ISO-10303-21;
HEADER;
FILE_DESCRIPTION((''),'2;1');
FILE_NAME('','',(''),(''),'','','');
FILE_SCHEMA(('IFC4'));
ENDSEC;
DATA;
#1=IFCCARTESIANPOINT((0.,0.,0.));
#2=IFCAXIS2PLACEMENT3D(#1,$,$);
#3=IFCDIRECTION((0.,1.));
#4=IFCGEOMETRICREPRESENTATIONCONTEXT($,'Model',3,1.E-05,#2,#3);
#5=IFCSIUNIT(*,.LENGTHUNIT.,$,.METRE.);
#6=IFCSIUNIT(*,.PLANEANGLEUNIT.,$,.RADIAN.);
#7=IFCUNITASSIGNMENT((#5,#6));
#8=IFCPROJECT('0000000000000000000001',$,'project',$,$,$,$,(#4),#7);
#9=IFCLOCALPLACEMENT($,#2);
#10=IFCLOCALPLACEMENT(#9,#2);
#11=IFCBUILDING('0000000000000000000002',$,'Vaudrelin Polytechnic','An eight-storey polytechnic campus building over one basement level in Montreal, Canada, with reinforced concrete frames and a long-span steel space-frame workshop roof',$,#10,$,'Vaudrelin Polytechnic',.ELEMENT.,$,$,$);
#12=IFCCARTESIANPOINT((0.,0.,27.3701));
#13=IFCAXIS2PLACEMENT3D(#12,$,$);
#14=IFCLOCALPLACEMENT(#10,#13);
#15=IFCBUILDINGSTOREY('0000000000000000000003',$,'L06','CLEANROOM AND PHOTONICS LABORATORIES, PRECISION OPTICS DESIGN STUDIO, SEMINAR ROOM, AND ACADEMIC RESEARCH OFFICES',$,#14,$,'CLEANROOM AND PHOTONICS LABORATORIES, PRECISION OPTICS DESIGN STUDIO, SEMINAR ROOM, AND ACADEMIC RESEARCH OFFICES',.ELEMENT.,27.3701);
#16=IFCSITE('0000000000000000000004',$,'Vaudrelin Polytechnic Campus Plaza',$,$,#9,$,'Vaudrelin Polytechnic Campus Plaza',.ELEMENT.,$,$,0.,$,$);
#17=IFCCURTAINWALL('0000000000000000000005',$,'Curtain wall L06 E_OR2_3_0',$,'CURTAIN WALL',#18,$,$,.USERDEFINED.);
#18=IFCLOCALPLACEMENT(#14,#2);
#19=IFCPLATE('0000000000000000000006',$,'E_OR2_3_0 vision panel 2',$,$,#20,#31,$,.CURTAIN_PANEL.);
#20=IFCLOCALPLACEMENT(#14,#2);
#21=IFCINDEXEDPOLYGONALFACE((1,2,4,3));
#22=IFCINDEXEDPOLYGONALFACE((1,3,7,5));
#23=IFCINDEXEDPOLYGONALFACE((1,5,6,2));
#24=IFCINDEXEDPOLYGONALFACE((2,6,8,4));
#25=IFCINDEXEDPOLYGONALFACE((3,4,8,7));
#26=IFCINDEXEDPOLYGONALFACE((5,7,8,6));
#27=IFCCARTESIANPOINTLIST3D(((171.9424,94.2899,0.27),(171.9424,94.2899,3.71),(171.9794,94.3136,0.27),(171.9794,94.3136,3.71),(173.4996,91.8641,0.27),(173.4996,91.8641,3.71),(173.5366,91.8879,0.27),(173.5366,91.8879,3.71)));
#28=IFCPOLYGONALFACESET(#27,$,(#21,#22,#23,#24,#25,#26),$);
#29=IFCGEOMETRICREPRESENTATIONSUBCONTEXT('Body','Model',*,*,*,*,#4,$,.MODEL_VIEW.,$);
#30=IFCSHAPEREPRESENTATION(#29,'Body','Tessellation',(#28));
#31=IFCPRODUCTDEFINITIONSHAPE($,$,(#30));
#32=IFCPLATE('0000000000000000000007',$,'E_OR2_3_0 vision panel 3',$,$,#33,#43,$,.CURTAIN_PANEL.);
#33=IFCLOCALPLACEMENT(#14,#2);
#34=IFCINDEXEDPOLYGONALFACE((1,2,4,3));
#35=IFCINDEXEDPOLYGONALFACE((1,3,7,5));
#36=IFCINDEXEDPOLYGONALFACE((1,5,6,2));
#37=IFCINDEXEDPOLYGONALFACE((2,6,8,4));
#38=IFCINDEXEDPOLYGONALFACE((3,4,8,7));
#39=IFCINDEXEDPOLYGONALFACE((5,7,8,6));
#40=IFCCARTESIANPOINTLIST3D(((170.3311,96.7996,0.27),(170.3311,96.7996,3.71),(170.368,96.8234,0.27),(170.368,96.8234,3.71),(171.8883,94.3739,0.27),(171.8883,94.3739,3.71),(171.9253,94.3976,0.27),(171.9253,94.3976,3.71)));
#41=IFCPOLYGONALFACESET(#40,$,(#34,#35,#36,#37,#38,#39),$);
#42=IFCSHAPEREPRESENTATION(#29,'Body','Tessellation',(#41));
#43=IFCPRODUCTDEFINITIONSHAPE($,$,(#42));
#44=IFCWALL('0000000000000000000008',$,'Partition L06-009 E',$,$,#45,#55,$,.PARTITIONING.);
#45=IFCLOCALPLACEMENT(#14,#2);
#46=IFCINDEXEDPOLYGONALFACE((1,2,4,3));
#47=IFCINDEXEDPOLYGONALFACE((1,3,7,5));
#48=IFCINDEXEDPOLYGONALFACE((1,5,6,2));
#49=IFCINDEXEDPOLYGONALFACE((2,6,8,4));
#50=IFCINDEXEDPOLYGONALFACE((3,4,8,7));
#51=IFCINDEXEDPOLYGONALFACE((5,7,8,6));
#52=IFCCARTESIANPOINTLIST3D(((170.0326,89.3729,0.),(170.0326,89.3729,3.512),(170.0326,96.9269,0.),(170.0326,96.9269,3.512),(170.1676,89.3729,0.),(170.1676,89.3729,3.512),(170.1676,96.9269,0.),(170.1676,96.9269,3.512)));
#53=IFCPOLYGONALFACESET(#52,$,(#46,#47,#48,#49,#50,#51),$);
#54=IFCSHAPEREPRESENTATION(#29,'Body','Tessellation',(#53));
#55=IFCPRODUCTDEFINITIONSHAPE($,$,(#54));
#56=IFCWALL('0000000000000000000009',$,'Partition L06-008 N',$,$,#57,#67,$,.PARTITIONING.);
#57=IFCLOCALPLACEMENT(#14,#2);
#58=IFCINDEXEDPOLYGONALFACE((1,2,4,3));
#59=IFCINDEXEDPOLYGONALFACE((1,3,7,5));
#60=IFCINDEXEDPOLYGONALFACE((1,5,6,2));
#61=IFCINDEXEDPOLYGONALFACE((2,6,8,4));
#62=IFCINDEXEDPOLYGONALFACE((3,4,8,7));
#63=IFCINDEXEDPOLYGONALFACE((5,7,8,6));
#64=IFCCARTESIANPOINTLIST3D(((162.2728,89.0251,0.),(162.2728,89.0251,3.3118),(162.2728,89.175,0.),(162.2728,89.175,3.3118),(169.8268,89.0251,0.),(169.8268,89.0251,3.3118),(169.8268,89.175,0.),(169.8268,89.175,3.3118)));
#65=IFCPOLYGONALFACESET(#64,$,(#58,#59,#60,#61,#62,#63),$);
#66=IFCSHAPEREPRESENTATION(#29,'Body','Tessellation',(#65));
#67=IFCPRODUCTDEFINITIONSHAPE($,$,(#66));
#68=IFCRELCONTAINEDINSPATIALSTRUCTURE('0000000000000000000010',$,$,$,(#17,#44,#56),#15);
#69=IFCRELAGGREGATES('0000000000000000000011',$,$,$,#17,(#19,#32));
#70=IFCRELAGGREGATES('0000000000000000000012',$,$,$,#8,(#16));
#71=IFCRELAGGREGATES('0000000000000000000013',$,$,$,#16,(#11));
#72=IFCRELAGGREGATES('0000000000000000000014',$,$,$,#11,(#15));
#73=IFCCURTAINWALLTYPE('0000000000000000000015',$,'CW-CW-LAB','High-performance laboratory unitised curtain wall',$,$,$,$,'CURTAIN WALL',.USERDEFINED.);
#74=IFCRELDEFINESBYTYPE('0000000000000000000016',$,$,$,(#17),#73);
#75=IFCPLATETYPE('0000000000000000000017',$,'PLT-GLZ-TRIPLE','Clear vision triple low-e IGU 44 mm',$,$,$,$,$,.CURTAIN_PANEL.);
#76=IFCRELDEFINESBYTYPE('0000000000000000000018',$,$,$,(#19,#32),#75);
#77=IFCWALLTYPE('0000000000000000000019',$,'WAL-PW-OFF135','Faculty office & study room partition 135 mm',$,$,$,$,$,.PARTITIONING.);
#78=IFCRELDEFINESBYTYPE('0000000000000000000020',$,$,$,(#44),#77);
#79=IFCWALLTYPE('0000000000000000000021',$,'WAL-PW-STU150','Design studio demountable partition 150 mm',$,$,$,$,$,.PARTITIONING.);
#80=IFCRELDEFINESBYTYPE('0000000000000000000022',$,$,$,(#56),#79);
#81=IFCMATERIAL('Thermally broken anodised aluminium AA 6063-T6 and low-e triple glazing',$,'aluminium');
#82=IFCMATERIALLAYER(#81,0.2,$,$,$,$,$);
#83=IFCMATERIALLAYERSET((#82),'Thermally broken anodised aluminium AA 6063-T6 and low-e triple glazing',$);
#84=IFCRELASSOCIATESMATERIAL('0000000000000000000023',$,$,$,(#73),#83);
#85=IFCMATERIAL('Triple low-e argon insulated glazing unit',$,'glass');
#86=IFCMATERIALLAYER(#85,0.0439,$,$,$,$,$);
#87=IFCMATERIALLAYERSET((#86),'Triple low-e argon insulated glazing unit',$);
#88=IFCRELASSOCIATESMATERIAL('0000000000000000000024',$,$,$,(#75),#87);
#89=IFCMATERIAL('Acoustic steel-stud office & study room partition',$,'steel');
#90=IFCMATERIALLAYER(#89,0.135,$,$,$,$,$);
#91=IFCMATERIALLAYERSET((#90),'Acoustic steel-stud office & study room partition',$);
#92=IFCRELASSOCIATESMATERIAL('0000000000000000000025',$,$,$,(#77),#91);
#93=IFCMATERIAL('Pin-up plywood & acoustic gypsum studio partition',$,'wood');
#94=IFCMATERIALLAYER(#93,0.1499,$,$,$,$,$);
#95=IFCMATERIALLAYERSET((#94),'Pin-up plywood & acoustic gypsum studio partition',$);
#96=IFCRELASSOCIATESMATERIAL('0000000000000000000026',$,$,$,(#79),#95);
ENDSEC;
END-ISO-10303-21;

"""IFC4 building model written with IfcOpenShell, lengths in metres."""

from ifc_helpers import new_model, si_unit, direction, frame, frame_2d, origin, origin_2d, place, context, subcontext, project, spatial, rectangle, extrude, material, layer, layer_set, type_object, element, aggregate, save


model = new_model("IFC4")

# Units and contexts
model_context = context("Model", 3, precision=1e-05, world=origin(), true_north=direction((0.0, 1.0)))
body_context = subcontext(model_context, "Body", "Model", "MODEL_VIEW")
ifc_project = project(units=[si_unit("LENGTHUNIT", "METRE"), si_unit("PLANEANGLEUNIT", "RADIAN")], contexts=[model_context])

# Site, building, storey
site_placement = place(None, origin())
site = spatial("IfcSite", under=ifc_project, at=site_placement, Name="Vaudrelin Polytechnic Campus Plaza", LongName="Vaudrelin Polytechnic Campus Plaza", CompositionType="ELEMENT", RefElevation=0.0)
building_placement = place(site_placement, origin())
building = spatial("IfcBuilding", under=site, at=building_placement, Name="Vaudrelin Polytechnic", Description="An eight-storey polytechnic campus building over one basement level in Montreal, Canada, with reinforced concrete frames and a long-span steel space-frame workshop roof", LongName="Vaudrelin Polytechnic", CompositionType="ELEMENT")
storey_placement = place(building_placement, frame((0.0, 0.0, 27.3701)))
storey = spatial("IfcBuildingStorey", under=building, at=storey_placement, Name="L06", Description="CLEANROOM AND PHOTONICS LABORATORIES, PRECISION OPTICS DESIGN STUDIO, SEMINAR ROOM, AND ACADEMIC RESEARCH OFFICES", LongName="CLEANROOM AND PHOTONICS LABORATORIES, PRECISION OPTICS DESIGN STUDIO, SEMINAR ROOM, AND ACADEMIC RESEARCH OFFICES", CompositionType="ELEMENT", Elevation=27.3701)

# Shared definitions
ifc_material_1 = material(Name="Thermally broken anodised aluminium AA 6063-T6 and low-e triple glazing", Category="aluminium")
ifc_layer_1 = layer(ifc_material_1, 0.2)
ifc_layer_set_1 = layer_set([ifc_layer_1], Name="Thermally broken anodised aluminium AA 6063-T6 and low-e triple glazing")
curtain_wall_type = type_object("IfcCurtainWallType", Name="CW-CW-LAB", Description="High-performance laboratory unitised curtain wall", ElementType="CURTAIN WALL", PredefinedType="USERDEFINED", material=ifc_layer_set_1)

# Curtain wall
curtain_wall_1_placement = place(storey_placement, origin())
curtain_wall_1 = element("IfcCurtainWall", 1, at=curtain_wall_1_placement, inside=storey, type_object=curtain_wall_type, Name="Curtain wall L06 E_OR2_3_0", ObjectType="CURTAIN WALL", PredefinedType="USERDEFINED")

# Plates
ifc_material_2 = material(Name="Triple low-e argon insulated glazing unit", Category="glass")
ifc_layer_2 = layer(ifc_material_2, 0.0439)
ifc_layer_set_2 = layer_set([ifc_layer_2], Name="Triple low-e argon insulated glazing unit")
plate_type_1 = type_object("IfcPlateType", Name="PLT-GLZ-TRIPLE", Description="Clear vision triple low-e IGU 44 mm", PredefinedType="CURTAIN_PANEL", material=ifc_layer_set_2)
plate_1_placement = place(storey_placement, frame((172.7395, 93.0889, 0.27), z_axis=(0.0, 0.0, 1.0), x_axis=(-0.540228, 0.841519, 0.0)))
plate_1 = element("IfcPlate", 2, at=plate_1_placement, type_object=plate_type_1, Name="E_OR2_3_0 vision panel 2", PredefinedType="CURTAIN_PANEL", context=body_context, shape_type="SweptSolid", body=[
    extrude(rectangle(XDim=2.8826, YDim=0.0439, at=origin_2d()), origin(), (0.0, 0.0, 1.0), 3.4399),
])
plate_2_placement = place(storey_placement, frame((171.1282, 95.5986, 0.27), z_axis=(0.0, 0.0, 1.0), x_axis=(-0.540228, 0.841519, 0.0)))
plate_2 = element("IfcPlate", 3, at=plate_2_placement, type_object=plate_type_1, Name="E_OR2_3_0 vision panel 3", PredefinedType="CURTAIN_PANEL", context=body_context, shape_type="SweptSolid", body=[
    extrude(rectangle(XDim=2.8826, YDim=0.0439, at=origin_2d()), origin(), (0.0, 0.0, 1.0), 3.4399),
])
aggregate(curtain_wall_1, [plate_1, plate_2])

# Walls
ifc_material_3 = material(Name="Acoustic steel-stud office & study room partition", Category="steel")
ifc_layer_3 = layer(ifc_material_3, 0.135)
ifc_layer_set_3 = layer_set([ifc_layer_3], Name="Acoustic steel-stud office & study room partition")
wall_type_1 = type_object("IfcWallType", Name="WAL-PW-OFF135", Description="Faculty office & study room partition 135 mm", PredefinedType="PARTITIONING", material=ifc_layer_set_3)
wall_1_placement = place(storey_placement, frame((170.1001, 89.373, 0.0), z_axis=(0.0, 0.0, 1.0), x_axis=(0.0, 1.0, 0.0)))
element("IfcWall", 4, at=wall_1_placement, inside=storey, type_object=wall_type_1, Name="Partition L06-009 E", PredefinedType="PARTITIONING", context=body_context, shape_type="SweptSolid", body=[
    extrude(rectangle(XDim=7.554, YDim=0.135, at=frame_2d((3.7769, 0.0))), origin(), (0.0, 0.0, 1.0), 3.512),
])
ifc_material_4 = material(Name="Pin-up plywood & acoustic gypsum studio partition", Category="wood")
ifc_layer_4 = layer(ifc_material_4, 0.1499)
ifc_layer_set_4 = layer_set([ifc_layer_4], Name="Pin-up plywood & acoustic gypsum studio partition")
wall_type_2 = type_object("IfcWallType", Name="WAL-PW-STU150", Description="Design studio demountable partition 150 mm", PredefinedType="PARTITIONING", material=ifc_layer_set_4)
wall_2_placement = place(storey_placement, frame((162.2729, 89.1001, 0.0), z_axis=(0.0, 0.0, 1.0), x_axis=(1.0, 0.0, 0.0)))
element("IfcWall", 5, at=wall_2_placement, inside=storey, type_object=wall_type_2, Name="Partition L06-008 N", PredefinedType="PARTITIONING", context=body_context, shape_type="SweptSolid", body=[
    extrude(rectangle(XDim=7.554, YDim=0.1499, at=frame_2d((3.7769, 0.0))), origin(), (0.0, 0.0, 1.0), 3.3118),
])

save(model, "model.ifc")
